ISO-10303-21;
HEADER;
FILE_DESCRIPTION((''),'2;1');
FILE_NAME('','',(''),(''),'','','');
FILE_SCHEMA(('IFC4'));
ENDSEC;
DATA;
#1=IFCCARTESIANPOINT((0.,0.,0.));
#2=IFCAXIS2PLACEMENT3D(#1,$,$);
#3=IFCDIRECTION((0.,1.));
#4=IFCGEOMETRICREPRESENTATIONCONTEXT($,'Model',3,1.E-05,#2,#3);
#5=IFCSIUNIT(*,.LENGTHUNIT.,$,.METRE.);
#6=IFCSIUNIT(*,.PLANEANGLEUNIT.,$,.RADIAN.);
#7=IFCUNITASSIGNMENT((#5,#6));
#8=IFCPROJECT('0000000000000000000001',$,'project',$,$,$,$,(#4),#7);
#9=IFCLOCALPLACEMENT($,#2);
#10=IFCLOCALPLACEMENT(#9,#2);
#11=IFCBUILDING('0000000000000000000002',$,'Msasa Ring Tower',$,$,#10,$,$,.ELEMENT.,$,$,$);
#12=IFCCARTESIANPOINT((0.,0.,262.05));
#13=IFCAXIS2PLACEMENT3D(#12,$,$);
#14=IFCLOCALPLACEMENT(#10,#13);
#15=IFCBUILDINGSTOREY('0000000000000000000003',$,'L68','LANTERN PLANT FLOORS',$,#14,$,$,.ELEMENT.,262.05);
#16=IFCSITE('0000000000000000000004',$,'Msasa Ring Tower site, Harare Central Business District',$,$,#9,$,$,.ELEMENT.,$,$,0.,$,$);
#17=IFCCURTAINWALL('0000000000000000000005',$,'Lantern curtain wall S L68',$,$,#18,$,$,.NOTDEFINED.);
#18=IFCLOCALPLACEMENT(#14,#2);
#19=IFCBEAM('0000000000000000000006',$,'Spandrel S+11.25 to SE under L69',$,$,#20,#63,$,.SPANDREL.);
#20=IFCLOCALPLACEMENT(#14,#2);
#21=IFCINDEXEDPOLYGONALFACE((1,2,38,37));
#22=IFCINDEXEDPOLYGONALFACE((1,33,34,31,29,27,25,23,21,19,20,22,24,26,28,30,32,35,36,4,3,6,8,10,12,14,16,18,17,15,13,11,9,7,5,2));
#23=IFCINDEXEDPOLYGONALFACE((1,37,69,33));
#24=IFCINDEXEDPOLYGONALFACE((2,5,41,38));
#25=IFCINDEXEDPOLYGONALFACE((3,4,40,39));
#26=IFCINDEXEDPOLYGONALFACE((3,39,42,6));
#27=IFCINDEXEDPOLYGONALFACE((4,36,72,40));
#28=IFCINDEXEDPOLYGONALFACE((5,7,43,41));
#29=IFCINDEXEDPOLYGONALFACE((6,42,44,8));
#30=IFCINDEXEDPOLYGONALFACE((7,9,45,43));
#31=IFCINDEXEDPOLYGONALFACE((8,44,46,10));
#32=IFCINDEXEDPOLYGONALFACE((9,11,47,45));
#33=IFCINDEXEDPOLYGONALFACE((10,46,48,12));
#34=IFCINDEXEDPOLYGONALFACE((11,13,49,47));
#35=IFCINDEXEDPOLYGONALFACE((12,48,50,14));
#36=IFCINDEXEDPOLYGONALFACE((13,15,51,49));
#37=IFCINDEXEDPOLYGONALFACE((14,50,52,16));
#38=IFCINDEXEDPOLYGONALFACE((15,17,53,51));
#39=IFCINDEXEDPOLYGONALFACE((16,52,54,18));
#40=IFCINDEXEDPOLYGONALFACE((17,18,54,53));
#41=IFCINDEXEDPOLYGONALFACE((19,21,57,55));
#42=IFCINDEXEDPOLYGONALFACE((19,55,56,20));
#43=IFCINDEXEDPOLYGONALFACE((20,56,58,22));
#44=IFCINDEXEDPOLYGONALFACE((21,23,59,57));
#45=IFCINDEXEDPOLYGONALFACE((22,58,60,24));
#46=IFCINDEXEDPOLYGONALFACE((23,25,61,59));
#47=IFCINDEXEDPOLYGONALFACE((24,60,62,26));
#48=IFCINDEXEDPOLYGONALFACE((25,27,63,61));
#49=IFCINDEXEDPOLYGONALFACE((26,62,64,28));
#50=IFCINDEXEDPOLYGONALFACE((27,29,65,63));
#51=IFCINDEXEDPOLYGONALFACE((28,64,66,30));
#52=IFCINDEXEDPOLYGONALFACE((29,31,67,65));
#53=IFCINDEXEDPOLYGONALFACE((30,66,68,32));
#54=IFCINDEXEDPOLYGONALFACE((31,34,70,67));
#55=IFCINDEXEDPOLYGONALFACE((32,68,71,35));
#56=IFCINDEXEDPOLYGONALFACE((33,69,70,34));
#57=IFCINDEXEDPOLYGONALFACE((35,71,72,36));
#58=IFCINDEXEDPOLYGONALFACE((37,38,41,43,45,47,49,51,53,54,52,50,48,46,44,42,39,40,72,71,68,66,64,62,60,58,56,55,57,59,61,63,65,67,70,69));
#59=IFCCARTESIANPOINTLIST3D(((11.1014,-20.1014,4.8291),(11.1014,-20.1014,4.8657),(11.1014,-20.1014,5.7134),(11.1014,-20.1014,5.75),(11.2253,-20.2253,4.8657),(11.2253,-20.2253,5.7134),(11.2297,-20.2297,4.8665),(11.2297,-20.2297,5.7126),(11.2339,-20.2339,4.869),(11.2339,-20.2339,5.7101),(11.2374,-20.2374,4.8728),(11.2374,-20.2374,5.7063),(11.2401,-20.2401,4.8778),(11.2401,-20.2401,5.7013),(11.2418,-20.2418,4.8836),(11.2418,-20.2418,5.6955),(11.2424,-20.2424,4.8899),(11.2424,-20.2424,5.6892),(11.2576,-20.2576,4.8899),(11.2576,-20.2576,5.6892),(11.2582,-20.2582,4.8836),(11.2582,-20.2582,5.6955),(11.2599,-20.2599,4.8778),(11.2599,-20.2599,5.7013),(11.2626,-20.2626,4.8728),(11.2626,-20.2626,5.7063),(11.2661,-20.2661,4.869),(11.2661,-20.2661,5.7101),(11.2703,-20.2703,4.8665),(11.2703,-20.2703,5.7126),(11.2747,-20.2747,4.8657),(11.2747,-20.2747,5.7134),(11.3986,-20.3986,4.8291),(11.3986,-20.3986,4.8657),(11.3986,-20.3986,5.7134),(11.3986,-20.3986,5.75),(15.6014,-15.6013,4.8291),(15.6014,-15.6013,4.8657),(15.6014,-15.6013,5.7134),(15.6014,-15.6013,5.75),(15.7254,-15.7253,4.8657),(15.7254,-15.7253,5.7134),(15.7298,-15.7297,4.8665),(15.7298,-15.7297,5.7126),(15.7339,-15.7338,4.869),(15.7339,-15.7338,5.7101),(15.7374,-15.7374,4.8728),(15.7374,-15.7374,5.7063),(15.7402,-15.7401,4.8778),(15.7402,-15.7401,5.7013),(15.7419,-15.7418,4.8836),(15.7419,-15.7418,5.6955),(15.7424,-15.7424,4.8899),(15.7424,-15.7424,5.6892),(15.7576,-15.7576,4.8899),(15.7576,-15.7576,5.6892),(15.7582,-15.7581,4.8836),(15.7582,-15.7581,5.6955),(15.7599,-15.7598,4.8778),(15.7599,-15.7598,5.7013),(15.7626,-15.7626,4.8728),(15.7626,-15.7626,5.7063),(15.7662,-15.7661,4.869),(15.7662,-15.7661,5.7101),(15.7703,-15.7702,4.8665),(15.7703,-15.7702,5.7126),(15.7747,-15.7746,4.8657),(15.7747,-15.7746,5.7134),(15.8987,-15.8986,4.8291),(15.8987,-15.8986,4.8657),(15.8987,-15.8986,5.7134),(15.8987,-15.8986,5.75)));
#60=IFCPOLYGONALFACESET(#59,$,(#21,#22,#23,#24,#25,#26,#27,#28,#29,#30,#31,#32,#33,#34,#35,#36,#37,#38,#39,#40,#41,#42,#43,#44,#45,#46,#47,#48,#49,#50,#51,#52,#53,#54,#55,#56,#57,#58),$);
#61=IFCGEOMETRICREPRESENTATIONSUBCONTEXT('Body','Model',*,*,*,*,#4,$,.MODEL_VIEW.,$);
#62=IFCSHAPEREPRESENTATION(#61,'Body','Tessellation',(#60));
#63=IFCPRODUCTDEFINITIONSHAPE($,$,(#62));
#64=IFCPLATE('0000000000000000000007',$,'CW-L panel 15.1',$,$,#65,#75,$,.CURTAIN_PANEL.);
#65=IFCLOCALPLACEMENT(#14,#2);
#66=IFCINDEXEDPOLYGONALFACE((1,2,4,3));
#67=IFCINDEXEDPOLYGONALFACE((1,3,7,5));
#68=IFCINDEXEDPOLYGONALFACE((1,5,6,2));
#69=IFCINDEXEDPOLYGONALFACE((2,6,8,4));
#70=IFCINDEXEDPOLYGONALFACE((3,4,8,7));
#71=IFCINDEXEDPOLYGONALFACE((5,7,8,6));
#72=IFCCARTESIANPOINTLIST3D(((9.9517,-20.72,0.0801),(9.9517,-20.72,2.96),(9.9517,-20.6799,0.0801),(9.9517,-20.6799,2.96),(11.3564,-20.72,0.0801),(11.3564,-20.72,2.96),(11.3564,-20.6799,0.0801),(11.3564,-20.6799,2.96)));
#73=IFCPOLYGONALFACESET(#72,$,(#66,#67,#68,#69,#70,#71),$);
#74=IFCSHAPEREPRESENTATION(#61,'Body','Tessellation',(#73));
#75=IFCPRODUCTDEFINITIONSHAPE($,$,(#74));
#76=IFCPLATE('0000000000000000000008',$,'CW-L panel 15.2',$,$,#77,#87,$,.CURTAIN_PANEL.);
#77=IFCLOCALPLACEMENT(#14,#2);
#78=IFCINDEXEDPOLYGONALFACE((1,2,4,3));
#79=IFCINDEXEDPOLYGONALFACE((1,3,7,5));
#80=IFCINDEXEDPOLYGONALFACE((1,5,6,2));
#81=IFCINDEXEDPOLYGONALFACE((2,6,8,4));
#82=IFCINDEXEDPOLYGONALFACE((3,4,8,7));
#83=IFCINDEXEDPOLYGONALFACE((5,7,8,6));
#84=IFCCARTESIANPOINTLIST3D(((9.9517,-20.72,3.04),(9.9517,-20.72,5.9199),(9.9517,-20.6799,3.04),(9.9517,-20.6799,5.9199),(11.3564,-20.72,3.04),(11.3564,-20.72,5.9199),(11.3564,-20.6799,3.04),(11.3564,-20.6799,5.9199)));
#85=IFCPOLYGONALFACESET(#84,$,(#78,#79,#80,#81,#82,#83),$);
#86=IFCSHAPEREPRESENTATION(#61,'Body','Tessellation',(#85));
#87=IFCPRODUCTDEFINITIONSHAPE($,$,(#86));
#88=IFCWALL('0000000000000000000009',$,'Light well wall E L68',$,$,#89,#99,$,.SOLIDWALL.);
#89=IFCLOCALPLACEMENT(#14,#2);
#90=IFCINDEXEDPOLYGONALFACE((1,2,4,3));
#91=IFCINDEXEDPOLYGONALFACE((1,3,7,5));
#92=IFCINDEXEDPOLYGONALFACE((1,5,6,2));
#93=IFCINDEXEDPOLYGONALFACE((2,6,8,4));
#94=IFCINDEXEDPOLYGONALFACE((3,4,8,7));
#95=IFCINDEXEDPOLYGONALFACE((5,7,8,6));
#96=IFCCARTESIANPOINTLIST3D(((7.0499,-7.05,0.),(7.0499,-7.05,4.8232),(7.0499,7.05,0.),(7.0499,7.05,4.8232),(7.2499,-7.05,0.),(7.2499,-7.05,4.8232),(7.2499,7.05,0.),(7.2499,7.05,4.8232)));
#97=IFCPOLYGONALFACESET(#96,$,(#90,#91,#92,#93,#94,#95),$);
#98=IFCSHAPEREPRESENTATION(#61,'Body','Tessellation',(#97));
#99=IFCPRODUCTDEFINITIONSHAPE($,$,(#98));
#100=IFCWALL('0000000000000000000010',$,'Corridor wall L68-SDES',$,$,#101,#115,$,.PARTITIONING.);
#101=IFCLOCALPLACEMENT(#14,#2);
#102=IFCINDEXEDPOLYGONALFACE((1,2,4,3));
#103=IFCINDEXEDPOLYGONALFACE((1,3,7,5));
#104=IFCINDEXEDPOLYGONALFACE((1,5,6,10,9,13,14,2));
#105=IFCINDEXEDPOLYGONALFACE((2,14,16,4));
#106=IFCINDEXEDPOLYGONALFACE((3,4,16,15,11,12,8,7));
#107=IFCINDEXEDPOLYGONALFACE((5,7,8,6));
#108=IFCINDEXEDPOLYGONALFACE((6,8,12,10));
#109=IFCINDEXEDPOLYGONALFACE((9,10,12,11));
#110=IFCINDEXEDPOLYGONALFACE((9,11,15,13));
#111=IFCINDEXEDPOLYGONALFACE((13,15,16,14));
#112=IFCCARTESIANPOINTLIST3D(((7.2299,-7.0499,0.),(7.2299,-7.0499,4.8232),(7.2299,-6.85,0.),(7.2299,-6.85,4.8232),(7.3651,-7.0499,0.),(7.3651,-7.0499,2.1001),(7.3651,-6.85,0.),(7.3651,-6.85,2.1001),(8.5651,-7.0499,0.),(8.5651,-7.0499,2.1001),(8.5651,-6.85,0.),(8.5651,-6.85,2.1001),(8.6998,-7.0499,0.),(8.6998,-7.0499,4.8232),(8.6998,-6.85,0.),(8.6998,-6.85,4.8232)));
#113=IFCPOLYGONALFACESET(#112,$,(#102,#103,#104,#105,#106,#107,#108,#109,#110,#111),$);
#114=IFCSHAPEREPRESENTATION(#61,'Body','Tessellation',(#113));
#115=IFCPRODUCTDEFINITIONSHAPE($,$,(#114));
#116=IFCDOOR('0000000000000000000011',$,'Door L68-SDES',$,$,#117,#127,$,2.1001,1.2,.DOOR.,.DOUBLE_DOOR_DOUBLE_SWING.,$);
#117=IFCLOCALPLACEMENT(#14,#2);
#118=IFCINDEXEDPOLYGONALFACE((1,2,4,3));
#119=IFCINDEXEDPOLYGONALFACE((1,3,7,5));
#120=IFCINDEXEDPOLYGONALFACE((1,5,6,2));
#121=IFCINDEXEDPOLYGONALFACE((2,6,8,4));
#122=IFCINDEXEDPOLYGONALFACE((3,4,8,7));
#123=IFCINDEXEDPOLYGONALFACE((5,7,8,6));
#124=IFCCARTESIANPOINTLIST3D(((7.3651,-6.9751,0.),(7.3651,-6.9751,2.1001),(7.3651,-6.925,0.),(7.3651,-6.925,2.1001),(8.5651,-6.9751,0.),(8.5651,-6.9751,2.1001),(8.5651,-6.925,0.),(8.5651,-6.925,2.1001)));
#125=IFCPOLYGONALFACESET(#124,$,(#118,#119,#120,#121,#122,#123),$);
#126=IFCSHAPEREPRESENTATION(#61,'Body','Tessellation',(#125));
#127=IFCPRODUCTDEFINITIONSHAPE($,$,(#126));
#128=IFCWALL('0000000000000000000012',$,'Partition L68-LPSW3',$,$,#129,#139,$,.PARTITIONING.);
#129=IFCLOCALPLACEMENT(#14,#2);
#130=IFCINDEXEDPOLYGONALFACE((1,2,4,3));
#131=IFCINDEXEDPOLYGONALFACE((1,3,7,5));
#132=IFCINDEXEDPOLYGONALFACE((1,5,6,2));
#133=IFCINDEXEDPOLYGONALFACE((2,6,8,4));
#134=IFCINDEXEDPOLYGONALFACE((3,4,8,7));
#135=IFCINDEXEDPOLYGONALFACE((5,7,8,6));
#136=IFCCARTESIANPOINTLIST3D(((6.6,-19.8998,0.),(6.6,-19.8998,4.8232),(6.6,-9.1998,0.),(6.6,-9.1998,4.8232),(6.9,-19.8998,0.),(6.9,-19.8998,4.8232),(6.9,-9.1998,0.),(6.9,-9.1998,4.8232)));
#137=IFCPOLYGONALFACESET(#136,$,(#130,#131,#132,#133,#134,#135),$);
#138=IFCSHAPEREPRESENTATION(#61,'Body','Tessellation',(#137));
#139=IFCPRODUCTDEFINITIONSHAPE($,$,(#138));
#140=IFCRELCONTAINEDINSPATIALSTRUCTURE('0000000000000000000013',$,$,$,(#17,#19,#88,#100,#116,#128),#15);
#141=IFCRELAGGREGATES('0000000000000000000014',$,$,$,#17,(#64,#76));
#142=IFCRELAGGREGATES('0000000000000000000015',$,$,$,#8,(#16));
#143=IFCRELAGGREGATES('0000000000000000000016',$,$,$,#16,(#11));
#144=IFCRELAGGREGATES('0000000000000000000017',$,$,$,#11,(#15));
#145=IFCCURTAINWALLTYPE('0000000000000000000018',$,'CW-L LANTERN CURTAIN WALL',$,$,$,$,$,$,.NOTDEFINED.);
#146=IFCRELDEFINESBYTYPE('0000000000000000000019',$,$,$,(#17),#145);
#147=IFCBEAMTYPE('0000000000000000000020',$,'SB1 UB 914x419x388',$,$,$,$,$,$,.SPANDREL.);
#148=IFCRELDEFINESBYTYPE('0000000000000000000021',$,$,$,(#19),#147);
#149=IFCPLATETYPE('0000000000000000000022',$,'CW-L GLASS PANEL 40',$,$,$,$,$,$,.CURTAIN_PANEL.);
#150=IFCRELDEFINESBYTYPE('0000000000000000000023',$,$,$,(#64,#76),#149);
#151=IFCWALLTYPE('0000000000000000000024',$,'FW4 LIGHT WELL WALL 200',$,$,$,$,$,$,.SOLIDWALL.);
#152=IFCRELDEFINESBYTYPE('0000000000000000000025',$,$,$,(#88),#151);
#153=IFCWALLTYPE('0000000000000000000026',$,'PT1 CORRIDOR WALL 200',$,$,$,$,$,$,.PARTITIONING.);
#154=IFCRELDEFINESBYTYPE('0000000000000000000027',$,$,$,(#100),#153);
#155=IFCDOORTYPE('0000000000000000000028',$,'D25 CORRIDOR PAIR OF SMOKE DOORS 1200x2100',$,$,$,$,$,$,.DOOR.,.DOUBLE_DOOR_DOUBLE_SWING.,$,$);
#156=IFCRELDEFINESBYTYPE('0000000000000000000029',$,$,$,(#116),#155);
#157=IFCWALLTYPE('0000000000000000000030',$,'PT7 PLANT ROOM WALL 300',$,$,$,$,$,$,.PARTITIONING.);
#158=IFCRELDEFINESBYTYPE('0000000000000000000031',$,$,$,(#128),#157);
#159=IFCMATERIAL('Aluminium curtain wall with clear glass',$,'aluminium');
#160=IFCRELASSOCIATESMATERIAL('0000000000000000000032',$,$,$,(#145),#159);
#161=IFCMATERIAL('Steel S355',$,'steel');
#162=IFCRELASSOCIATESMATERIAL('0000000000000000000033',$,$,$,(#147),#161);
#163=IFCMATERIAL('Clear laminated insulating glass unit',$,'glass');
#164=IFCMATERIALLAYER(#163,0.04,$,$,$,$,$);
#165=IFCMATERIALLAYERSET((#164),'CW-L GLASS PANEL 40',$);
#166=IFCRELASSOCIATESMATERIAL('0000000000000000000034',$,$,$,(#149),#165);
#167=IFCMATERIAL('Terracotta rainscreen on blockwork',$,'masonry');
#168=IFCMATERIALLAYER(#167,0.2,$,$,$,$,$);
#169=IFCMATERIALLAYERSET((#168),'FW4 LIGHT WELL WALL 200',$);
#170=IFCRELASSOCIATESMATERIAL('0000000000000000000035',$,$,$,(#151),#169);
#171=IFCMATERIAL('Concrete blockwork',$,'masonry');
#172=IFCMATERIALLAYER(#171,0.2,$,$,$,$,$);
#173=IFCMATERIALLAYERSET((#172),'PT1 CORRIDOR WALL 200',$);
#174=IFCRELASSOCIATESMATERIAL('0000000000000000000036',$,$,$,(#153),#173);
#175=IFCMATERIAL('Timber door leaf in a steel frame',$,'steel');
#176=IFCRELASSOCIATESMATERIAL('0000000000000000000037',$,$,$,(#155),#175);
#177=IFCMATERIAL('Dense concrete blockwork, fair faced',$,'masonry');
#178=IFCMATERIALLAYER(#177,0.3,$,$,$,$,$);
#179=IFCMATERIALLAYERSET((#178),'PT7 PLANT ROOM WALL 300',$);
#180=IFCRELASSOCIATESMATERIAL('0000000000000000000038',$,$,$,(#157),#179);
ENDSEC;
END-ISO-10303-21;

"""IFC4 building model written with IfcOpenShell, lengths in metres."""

from ifc_helpers import new_model, si_unit, direction, frame, frame_2d, origin, origin_2d, place, context, subcontext, project, spatial, rectangle, i_section, extrude, material, layer, layer_set, material_profile, profile_set, type_object, element, fill, aggregate, save


model = new_model("IFC4")

# Units and contexts
model_context = context("Model", 3, precision=1e-05, world=origin(), true_north=direction((0.0, 1.0)))
body_context = subcontext(model_context, "Body", "Model", "MODEL_VIEW")
ifc_project = project(units=[si_unit("LENGTHUNIT", "METRE"), si_unit("PLANEANGLEUNIT", "RADIAN")], contexts=[model_context])

# Site, building, storey
site_placement = place(None, origin())
site = spatial("IfcSite", under=ifc_project, at=site_placement, Name="Msasa Ring Tower site, Harare Central Business District", CompositionType="ELEMENT", RefElevation=0.0)
building_placement = place(site_placement, origin())
building = spatial("IfcBuilding", under=site, at=building_placement, Name="Msasa Ring Tower", CompositionType="ELEMENT")
storey_placement = place(building_placement, frame((0.0, 0.0, 262.05)))
storey = spatial("IfcBuildingStorey", under=building, at=storey_placement, Name="L68", Description="LANTERN PLANT FLOORS", CompositionType="ELEMENT", Elevation=262.05)

# Curtain wall
ifc_material_1 = material(Name="Aluminium curtain wall with clear glass", Category="aluminium")
curtain_wall_type = type_object("IfcCurtainWallType", Name="CW-L LANTERN CURTAIN WALL", PredefinedType="NOTDEFINED", material=ifc_material_1)
curtain_wall_placement = place(storey_placement, origin())
curtain_wall = element("IfcCurtainWall", 1, at=curtain_wall_placement, inside=storey, type_object=curtain_wall_type, Name="Lantern curtain wall S L68", PredefinedType="NOTDEFINED")

# Beam
ifc_material_2 = material(Name="Steel S355", Category="steel")
ifc_material_profile_1 = material_profile(ifc_material_2, i_section(OverallWidth=0.4204, OverallDepth=0.9209, WebThickness=0.0215, FlangeThickness=0.0366, FilletRadius=0.0242, at=origin_2d()), Name="UB 914x419x388")
ifc_profile_set_1 = profile_set([ifc_material_profile_1], Name="Steel S355")
beam_type_1 = type_object("IfcBeamType", Name="SB1 UB 914x419x388", PredefinedType="SPANDREL", material=ifc_profile_set_1)
beam_1_placement = place(storey_placement, frame((11.25, -20.25, 5.2896), z_axis=(0.707107, 0.707107, 0.0), x_axis=(-0.707107, 0.707107, 0.0)))
element("IfcBeam", 2, at=beam_1_placement, inside=storey, type_object=beam_type_1, Name="Spandrel S+11.25 to SE under L69", PredefinedType="SPANDREL", context=body_context, shape_type="SweptSolid", body=[
    extrude(i_section(OverallWidth=0.4204, OverallDepth=0.9209, WebThickness=0.0215, FlangeThickness=0.0366, FilletRadius=0.0242, at=origin_2d()), origin(), (0.0, 0.0, 1.0), 6.364),
])

# Plates
ifc_material_3 = material(Name="Clear laminated insulating glass unit", Category="glass")
ifc_layer_1 = layer(ifc_material_3, 0.04)
ifc_layer_set_1 = layer_set([ifc_layer_1], Name="CW-L GLASS PANEL 40")
plate_type = type_object("IfcPlateType", Name="CW-L GLASS PANEL 40", PredefinedType="CURTAIN_PANEL", material=ifc_layer_set_1)
plate_1_placement = place(storey_placement, frame((10.6541, -20.7, 0.0801), z_axis=(0.0, 0.0, 1.0), x_axis=(1.0, 0.0, 0.0)))
plate_1 = element("IfcPlate", 3, at=plate_1_placement, type_object=plate_type, Name="CW-L panel 15.1", PredefinedType="CURTAIN_PANEL", context=body_context, shape_type="SweptSolid", body=[
    extrude(rectangle(XDim=1.4048, YDim=0.04, at=origin_2d()), origin(), (0.0, 0.0, 1.0), 2.8799),
])
plate_2_placement = place(storey_placement, frame((10.6541, -20.7, 3.04), z_axis=(0.0, 0.0, 1.0), x_axis=(1.0, 0.0, 0.0)))
plate_2 = element("IfcPlate", 4, at=plate_2_placement, type_object=plate_type, Name="CW-L panel 15.2", PredefinedType="CURTAIN_PANEL", context=body_context, shape_type="SweptSolid", body=[
    extrude(rectangle(XDim=1.4048, YDim=0.04, at=origin_2d()), origin(), (0.0, 0.0, 1.0), 2.8799),
])
aggregate(curtain_wall, [plate_1, plate_2])

# Wall
ifc_material_4 = material(Name="Terracotta rainscreen on blockwork", Category="masonry")
ifc_layer_2 = layer(ifc_material_4, 0.2)
ifc_layer_set_2 = layer_set([ifc_layer_2], Name="FW4 LIGHT WELL WALL 200")
wall_type_1 = type_object("IfcWallType", Name="FW4 LIGHT WELL WALL 200", PredefinedType="SOLIDWALL", material=ifc_layer_set_2)
wall_1_placement = place(storey_placement, frame((7.1499, -7.05, 0.0), z_axis=(0.0, 0.0, 1.0), x_axis=(0.0, 1.0, 0.0)))
element("IfcWall", 5, at=wall_1_placement, inside=storey, type_object=wall_type_1, Name="Light well wall E L68", PredefinedType="SOLIDWALL", context=body_context, shape_type="SweptSolid", body=[
    extrude(rectangle(XDim=14.1001, YDim=0.2, at=frame_2d((7.05, 0.0))), origin(), (0.0, 0.0, 1.0), 4.8232),
])

# Wall, opening, door
ifc_material_5 = material(Name="Concrete blockwork", Category="masonry")
ifc_layer_3 = layer(ifc_material_5, 0.2)
ifc_layer_set_3 = layer_set([ifc_layer_3], Name="PT1 CORRIDOR WALL 200")
wall_type_2 = type_object("IfcWallType", Name="PT1 CORRIDOR WALL 200", PredefinedType="PARTITIONING", material=ifc_layer_set_3)
wall_2_placement = place(storey_placement, frame((7.23, -6.95, 0.0), z_axis=(0.0, 0.0, 1.0), x_axis=(1.0, 0.0, 0.0)))
wall_2 = element("IfcWall", 6, at=wall_2_placement, inside=storey, type_object=wall_type_2, Name="Corridor wall L68-SDES", PredefinedType="PARTITIONING", context=body_context, shape_type="SweptSolid", body=[
    extrude(rectangle(XDim=1.47, YDim=0.2, at=frame_2d((0.7349, 0.0))), origin(), (0.0, 0.0, 1.0), 4.8232),
])
opening_placement = place(wall_2_placement, frame((0.135, 0.0, 0.0)))
opening = element("IfcOpeningElement", 7, at=opening_placement, cuts=wall_2, PredefinedType="OPENING", context=body_context, shape_type="SweptSolid", body=[
    extrude(rectangle(XDim=1.2, YDim=2.1001, at=frame_2d((0.6001, 1.05))), frame((0.0, 0.1099, 0.0), z_axis=(0.0, -1.0, 0.0), x_axis=(1.0, 0.0, 0.0)), (0.0, 0.0, 1.0), 0.22),
])
ifc_material_6 = material(Name="Timber door leaf in a steel frame", Category="steel")
door_type = type_object("IfcDoorType", Name="D25 CORRIDOR PAIR OF SMOKE DOORS 1200x2100", OperationType="DOUBLE_DOOR_DOUBLE_SWING", PredefinedType="DOOR", material=ifc_material_6)
door_placement = place(opening_placement, origin())
door = element("IfcDoor", 8, at=door_placement, inside=storey, type_object=door_type, Name="Door L68-SDES", OperationType="DOUBLE_DOOR_DOUBLE_SWING", OverallHeight=2.1001, OverallWidth=1.2, PredefinedType="DOOR", context=body_context, shape_type="SweptSolid", body=[
    extrude(rectangle(XDim=1.2, YDim=2.1001, at=frame_2d((0.6001, 1.05))), frame((0.0, 0.0249, 0.0), z_axis=(0.0, -1.0, 0.0), x_axis=(1.0, 0.0, 0.0)), (0.0, 0.0, 1.0), 0.05),
])
fill(opening, door)

# Wall
ifc_material_7 = material(Name="Dense concrete blockwork, fair faced", Category="masonry")
ifc_layer_4 = layer(ifc_material_7, 0.3)
ifc_layer_set_4 = layer_set([ifc_layer_4], Name="PT7 PLANT ROOM WALL 300")
wall_type_3 = type_object("IfcWallType", Name="PT7 PLANT ROOM WALL 300", PredefinedType="PARTITIONING", material=ifc_layer_set_4)
wall_3_placement = place(storey_placement, frame((6.75, -19.8999, 0.0), z_axis=(0.0, 0.0, 1.0), x_axis=(0.0, 1.0, 0.0)))
element("IfcWall", 9, at=wall_3_placement, inside=storey, type_object=wall_type_3, Name="Partition L68-LPSW3", PredefinedType="PARTITIONING", context=body_context, shape_type="SweptSolid", body=[
    extrude(rectangle(XDim=10.7, YDim=0.3, at=frame_2d((5.3501, 0.0))), origin(), (0.0, 0.0, 1.0), 4.8232),
])

save(model, "model.ifc")
